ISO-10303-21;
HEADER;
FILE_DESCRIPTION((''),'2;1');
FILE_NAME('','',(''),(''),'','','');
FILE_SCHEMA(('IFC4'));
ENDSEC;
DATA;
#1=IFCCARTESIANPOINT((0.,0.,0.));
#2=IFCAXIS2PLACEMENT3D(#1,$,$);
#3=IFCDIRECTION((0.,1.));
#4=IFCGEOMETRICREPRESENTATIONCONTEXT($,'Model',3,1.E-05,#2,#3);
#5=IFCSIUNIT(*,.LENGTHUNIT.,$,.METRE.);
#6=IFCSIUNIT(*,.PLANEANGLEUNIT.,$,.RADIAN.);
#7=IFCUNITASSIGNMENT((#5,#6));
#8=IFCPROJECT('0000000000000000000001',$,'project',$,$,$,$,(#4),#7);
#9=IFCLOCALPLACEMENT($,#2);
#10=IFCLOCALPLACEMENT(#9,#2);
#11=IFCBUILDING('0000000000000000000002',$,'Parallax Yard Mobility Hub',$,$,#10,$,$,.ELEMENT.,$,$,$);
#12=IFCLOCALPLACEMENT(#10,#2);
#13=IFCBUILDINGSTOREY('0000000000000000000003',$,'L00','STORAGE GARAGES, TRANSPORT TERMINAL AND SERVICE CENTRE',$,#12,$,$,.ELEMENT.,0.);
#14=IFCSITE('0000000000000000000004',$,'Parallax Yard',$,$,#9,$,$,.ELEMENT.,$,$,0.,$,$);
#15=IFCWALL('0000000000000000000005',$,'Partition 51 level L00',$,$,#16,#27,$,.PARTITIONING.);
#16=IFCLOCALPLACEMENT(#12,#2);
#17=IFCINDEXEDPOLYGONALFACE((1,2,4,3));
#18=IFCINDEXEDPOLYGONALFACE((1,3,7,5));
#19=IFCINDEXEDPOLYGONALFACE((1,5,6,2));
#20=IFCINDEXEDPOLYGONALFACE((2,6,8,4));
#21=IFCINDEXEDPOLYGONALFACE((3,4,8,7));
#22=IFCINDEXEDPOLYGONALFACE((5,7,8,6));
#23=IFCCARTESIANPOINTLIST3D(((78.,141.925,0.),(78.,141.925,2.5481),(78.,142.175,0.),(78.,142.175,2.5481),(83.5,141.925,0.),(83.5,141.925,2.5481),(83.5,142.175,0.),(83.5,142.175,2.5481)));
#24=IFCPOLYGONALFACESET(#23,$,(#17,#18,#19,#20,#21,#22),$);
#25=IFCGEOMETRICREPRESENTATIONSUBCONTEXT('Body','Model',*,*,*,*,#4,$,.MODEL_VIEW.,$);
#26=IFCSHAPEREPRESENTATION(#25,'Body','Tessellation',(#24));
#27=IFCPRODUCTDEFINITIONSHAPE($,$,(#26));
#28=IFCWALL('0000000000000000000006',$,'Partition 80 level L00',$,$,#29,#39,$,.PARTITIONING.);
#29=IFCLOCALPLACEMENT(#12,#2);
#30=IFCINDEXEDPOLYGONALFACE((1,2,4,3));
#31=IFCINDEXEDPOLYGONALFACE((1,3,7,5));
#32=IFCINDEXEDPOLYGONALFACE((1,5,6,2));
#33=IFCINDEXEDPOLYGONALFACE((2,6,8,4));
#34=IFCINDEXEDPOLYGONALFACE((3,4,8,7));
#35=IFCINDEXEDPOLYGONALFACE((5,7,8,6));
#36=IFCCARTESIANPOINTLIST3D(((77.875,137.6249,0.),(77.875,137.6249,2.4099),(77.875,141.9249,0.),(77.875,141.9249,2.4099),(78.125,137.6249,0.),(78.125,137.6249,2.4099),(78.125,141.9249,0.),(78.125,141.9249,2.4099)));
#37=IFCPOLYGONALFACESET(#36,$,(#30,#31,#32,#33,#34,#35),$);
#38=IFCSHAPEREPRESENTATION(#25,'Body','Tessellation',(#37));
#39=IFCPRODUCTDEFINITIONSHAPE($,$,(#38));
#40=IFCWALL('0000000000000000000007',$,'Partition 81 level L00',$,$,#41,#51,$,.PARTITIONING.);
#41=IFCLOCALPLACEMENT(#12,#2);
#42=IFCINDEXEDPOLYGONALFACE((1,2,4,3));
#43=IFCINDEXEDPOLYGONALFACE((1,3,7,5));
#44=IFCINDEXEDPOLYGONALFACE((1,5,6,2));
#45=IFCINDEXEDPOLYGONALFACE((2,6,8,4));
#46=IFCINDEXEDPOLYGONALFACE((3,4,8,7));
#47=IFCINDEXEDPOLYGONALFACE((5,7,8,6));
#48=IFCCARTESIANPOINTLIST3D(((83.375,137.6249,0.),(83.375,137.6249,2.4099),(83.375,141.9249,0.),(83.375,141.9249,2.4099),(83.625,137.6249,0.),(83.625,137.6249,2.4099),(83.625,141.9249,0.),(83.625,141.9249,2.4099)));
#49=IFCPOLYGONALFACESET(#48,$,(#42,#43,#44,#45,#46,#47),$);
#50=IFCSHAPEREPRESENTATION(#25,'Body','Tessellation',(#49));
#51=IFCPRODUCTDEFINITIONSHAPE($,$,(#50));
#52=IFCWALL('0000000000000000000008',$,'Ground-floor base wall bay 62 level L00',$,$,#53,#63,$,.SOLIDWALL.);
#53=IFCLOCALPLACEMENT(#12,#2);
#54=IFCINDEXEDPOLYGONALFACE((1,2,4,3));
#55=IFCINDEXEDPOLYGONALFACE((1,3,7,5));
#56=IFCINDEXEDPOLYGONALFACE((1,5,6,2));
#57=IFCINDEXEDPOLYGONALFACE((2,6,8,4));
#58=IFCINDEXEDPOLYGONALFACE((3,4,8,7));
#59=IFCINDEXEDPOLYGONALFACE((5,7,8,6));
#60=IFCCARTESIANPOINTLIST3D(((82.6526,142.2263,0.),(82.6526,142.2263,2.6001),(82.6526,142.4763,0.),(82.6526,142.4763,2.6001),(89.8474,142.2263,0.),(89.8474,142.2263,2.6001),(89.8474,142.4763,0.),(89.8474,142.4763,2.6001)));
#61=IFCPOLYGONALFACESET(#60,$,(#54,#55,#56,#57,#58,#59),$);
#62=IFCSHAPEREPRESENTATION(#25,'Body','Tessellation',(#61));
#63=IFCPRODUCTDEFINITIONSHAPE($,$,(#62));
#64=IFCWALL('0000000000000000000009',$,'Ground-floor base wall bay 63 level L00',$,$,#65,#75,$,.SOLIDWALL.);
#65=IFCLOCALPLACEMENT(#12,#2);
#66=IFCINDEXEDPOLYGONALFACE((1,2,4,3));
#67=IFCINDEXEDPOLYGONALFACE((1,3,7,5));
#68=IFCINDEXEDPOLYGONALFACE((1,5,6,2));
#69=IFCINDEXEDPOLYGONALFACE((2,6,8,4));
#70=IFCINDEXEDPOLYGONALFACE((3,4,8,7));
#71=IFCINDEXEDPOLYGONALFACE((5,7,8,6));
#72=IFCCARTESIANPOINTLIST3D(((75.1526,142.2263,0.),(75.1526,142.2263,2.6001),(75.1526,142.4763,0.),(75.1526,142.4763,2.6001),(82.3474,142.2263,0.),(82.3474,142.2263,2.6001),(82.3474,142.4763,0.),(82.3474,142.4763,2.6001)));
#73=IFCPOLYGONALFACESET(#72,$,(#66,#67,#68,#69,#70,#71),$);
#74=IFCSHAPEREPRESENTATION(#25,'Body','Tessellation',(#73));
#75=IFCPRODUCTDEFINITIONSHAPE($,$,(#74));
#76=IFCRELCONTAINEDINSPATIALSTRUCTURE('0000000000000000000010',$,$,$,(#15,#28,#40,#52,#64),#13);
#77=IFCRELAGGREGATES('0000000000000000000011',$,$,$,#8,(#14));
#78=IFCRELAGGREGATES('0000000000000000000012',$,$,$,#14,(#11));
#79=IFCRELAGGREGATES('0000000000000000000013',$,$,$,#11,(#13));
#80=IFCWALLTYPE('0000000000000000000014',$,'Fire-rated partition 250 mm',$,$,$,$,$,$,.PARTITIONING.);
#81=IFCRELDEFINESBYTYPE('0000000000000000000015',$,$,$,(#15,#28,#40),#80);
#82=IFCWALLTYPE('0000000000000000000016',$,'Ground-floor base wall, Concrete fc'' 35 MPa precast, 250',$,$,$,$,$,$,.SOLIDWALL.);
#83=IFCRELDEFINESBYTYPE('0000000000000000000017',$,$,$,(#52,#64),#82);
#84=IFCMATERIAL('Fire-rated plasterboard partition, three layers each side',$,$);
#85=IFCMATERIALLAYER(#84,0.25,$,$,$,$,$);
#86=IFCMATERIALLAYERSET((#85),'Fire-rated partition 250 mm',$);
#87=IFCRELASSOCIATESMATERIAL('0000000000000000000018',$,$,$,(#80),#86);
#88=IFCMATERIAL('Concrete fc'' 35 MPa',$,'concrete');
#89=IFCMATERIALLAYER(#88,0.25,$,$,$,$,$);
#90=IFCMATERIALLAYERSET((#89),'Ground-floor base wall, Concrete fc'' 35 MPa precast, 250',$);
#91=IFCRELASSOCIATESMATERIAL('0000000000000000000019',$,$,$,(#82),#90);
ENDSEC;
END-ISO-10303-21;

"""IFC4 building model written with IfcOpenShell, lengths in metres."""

from ifc_helpers import new_model, si_unit, direction, frame, frame_2d, origin, place, context, subcontext, project, spatial, rectangle, extrude, material, layer, layer_set, type_object, element, save


model = new_model("IFC4")

# Units and contexts
model_context = context("Model", 3, precision=1e-05, world=origin(), true_north=direction((0.0, 1.0)))
body_context = subcontext(model_context, "Body", "Model", "MODEL_VIEW")
ifc_project = project(units=[si_unit("LENGTHUNIT", "METRE"), si_unit("PLANEANGLEUNIT", "RADIAN")], contexts=[model_context])

# Site, building, storey
site_placement = place(None, origin())
site = spatial("IfcSite", under=ifc_project, at=site_placement, Name="Parallax Yard", CompositionType="ELEMENT", RefElevation=0.0)
building_placement = place(site_placement, origin())
building = spatial("IfcBuilding", under=site, at=building_placement, Name="Parallax Yard Mobility Hub", CompositionType="ELEMENT")
storey_placement = place(building_placement, origin())
storey = spatial("IfcBuildingStorey", under=building, at=storey_placement, Name="L00", Description="STORAGE GARAGES, TRANSPORT TERMINAL AND SERVICE CENTRE", CompositionType="ELEMENT", Elevation=0.0)

# Walls
ifc_material_1 = material(Name="Fire-rated plasterboard partition, three layers each side")
ifc_layer_1 = layer(ifc_material_1, 0.25)
ifc_layer_set_1 = layer_set([ifc_layer_1], Name="Fire-rated partition 250 mm")
wall_type_1 = type_object("IfcWallType", Name="Fire-rated partition 250 mm", PredefinedType="PARTITIONING", material=ifc_layer_set_1)
wall_1_placement = place(storey_placement, frame((78.0, 142.05, 0.0), z_axis=(0.0, 0.0, 1.0), x_axis=(1.0, 0.0, 0.0)))
element("IfcWall", 1, at=wall_1_placement, inside=storey, type_object=wall_type_1, Name="Partition 51 level L00", PredefinedType="PARTITIONING", context=body_context, shape_type="SweptSolid", body=[
    extrude(rectangle(XDim=5.5, YDim=0.25, at=frame_2d((2.75, 0.0))), origin(), (0.0, 0.0, 1.0), 2.5481),
])
for number, where, z_axis, x_axis, name in (
    (2, (78.0, 137.625, 0.0), (0.0, 0.0, 1.0), (0.0, 1.0, 0.0), "Partition 80 level L00"),
    (3, (83.5, 137.625, 0.0), (0.0, 0.0, 1.0), (0.0, 1.0, 0.0), "Partition 81 level L00"),
):
    element("IfcWall", number, at=place(storey_placement, frame(where, z_axis=z_axis, x_axis=x_axis)), inside=storey, type_object=wall_type_1, Name=name, PredefinedType="PARTITIONING", context=body_context, shape_type="SweptSolid", body=[
        extrude(rectangle(XDim=4.3, YDim=0.25, at=frame_2d((2.1499, 0.0))), origin(), (0.0, 0.0, 1.0), 2.4099),
    ])
ifc_material_2 = material(Name="Concrete fc' 35 MPa", Category="concrete")
ifc_layer_2 = layer(ifc_material_2, 0.25)
ifc_layer_set_2 = layer_set([ifc_layer_2], Name="Ground-floor base wall, Concrete fc' 35 MPa precast, 250")
wall_type_2 = type_object("IfcWallType", Name="Ground-floor base wall, Concrete fc' 35 MPa precast, 250", PredefinedType="SOLIDWALL", material=ifc_layer_set_2)
for number, where, z_axis, x_axis, name in (
    (4, (89.8474, 142.3513, 0.0), (0.0, 0.0, 1.0), (-1.0, 0.0, 0.0), "Ground-floor base wall bay 62 level L00"),
    (5, (82.3474, 142.3513, 0.0), (0.0, 0.0, 1.0), (-1.0, 0.0, 0.0), "Ground-floor base wall bay 63 level L00"),
):
    element("IfcWall", number, at=place(storey_placement, frame(where, z_axis=z_axis, x_axis=x_axis)), inside=storey, type_object=wall_type_2, Name=name, PredefinedType="SOLIDWALL", context=body_context, shape_type="SweptSolid", body=[
        extrude(rectangle(XDim=7.1948, YDim=0.25, at=frame_2d((3.5974, 0.0))), origin(), (0.0, 0.0, 1.0), 2.6001),
    ])

save(model, "model.ifc")
